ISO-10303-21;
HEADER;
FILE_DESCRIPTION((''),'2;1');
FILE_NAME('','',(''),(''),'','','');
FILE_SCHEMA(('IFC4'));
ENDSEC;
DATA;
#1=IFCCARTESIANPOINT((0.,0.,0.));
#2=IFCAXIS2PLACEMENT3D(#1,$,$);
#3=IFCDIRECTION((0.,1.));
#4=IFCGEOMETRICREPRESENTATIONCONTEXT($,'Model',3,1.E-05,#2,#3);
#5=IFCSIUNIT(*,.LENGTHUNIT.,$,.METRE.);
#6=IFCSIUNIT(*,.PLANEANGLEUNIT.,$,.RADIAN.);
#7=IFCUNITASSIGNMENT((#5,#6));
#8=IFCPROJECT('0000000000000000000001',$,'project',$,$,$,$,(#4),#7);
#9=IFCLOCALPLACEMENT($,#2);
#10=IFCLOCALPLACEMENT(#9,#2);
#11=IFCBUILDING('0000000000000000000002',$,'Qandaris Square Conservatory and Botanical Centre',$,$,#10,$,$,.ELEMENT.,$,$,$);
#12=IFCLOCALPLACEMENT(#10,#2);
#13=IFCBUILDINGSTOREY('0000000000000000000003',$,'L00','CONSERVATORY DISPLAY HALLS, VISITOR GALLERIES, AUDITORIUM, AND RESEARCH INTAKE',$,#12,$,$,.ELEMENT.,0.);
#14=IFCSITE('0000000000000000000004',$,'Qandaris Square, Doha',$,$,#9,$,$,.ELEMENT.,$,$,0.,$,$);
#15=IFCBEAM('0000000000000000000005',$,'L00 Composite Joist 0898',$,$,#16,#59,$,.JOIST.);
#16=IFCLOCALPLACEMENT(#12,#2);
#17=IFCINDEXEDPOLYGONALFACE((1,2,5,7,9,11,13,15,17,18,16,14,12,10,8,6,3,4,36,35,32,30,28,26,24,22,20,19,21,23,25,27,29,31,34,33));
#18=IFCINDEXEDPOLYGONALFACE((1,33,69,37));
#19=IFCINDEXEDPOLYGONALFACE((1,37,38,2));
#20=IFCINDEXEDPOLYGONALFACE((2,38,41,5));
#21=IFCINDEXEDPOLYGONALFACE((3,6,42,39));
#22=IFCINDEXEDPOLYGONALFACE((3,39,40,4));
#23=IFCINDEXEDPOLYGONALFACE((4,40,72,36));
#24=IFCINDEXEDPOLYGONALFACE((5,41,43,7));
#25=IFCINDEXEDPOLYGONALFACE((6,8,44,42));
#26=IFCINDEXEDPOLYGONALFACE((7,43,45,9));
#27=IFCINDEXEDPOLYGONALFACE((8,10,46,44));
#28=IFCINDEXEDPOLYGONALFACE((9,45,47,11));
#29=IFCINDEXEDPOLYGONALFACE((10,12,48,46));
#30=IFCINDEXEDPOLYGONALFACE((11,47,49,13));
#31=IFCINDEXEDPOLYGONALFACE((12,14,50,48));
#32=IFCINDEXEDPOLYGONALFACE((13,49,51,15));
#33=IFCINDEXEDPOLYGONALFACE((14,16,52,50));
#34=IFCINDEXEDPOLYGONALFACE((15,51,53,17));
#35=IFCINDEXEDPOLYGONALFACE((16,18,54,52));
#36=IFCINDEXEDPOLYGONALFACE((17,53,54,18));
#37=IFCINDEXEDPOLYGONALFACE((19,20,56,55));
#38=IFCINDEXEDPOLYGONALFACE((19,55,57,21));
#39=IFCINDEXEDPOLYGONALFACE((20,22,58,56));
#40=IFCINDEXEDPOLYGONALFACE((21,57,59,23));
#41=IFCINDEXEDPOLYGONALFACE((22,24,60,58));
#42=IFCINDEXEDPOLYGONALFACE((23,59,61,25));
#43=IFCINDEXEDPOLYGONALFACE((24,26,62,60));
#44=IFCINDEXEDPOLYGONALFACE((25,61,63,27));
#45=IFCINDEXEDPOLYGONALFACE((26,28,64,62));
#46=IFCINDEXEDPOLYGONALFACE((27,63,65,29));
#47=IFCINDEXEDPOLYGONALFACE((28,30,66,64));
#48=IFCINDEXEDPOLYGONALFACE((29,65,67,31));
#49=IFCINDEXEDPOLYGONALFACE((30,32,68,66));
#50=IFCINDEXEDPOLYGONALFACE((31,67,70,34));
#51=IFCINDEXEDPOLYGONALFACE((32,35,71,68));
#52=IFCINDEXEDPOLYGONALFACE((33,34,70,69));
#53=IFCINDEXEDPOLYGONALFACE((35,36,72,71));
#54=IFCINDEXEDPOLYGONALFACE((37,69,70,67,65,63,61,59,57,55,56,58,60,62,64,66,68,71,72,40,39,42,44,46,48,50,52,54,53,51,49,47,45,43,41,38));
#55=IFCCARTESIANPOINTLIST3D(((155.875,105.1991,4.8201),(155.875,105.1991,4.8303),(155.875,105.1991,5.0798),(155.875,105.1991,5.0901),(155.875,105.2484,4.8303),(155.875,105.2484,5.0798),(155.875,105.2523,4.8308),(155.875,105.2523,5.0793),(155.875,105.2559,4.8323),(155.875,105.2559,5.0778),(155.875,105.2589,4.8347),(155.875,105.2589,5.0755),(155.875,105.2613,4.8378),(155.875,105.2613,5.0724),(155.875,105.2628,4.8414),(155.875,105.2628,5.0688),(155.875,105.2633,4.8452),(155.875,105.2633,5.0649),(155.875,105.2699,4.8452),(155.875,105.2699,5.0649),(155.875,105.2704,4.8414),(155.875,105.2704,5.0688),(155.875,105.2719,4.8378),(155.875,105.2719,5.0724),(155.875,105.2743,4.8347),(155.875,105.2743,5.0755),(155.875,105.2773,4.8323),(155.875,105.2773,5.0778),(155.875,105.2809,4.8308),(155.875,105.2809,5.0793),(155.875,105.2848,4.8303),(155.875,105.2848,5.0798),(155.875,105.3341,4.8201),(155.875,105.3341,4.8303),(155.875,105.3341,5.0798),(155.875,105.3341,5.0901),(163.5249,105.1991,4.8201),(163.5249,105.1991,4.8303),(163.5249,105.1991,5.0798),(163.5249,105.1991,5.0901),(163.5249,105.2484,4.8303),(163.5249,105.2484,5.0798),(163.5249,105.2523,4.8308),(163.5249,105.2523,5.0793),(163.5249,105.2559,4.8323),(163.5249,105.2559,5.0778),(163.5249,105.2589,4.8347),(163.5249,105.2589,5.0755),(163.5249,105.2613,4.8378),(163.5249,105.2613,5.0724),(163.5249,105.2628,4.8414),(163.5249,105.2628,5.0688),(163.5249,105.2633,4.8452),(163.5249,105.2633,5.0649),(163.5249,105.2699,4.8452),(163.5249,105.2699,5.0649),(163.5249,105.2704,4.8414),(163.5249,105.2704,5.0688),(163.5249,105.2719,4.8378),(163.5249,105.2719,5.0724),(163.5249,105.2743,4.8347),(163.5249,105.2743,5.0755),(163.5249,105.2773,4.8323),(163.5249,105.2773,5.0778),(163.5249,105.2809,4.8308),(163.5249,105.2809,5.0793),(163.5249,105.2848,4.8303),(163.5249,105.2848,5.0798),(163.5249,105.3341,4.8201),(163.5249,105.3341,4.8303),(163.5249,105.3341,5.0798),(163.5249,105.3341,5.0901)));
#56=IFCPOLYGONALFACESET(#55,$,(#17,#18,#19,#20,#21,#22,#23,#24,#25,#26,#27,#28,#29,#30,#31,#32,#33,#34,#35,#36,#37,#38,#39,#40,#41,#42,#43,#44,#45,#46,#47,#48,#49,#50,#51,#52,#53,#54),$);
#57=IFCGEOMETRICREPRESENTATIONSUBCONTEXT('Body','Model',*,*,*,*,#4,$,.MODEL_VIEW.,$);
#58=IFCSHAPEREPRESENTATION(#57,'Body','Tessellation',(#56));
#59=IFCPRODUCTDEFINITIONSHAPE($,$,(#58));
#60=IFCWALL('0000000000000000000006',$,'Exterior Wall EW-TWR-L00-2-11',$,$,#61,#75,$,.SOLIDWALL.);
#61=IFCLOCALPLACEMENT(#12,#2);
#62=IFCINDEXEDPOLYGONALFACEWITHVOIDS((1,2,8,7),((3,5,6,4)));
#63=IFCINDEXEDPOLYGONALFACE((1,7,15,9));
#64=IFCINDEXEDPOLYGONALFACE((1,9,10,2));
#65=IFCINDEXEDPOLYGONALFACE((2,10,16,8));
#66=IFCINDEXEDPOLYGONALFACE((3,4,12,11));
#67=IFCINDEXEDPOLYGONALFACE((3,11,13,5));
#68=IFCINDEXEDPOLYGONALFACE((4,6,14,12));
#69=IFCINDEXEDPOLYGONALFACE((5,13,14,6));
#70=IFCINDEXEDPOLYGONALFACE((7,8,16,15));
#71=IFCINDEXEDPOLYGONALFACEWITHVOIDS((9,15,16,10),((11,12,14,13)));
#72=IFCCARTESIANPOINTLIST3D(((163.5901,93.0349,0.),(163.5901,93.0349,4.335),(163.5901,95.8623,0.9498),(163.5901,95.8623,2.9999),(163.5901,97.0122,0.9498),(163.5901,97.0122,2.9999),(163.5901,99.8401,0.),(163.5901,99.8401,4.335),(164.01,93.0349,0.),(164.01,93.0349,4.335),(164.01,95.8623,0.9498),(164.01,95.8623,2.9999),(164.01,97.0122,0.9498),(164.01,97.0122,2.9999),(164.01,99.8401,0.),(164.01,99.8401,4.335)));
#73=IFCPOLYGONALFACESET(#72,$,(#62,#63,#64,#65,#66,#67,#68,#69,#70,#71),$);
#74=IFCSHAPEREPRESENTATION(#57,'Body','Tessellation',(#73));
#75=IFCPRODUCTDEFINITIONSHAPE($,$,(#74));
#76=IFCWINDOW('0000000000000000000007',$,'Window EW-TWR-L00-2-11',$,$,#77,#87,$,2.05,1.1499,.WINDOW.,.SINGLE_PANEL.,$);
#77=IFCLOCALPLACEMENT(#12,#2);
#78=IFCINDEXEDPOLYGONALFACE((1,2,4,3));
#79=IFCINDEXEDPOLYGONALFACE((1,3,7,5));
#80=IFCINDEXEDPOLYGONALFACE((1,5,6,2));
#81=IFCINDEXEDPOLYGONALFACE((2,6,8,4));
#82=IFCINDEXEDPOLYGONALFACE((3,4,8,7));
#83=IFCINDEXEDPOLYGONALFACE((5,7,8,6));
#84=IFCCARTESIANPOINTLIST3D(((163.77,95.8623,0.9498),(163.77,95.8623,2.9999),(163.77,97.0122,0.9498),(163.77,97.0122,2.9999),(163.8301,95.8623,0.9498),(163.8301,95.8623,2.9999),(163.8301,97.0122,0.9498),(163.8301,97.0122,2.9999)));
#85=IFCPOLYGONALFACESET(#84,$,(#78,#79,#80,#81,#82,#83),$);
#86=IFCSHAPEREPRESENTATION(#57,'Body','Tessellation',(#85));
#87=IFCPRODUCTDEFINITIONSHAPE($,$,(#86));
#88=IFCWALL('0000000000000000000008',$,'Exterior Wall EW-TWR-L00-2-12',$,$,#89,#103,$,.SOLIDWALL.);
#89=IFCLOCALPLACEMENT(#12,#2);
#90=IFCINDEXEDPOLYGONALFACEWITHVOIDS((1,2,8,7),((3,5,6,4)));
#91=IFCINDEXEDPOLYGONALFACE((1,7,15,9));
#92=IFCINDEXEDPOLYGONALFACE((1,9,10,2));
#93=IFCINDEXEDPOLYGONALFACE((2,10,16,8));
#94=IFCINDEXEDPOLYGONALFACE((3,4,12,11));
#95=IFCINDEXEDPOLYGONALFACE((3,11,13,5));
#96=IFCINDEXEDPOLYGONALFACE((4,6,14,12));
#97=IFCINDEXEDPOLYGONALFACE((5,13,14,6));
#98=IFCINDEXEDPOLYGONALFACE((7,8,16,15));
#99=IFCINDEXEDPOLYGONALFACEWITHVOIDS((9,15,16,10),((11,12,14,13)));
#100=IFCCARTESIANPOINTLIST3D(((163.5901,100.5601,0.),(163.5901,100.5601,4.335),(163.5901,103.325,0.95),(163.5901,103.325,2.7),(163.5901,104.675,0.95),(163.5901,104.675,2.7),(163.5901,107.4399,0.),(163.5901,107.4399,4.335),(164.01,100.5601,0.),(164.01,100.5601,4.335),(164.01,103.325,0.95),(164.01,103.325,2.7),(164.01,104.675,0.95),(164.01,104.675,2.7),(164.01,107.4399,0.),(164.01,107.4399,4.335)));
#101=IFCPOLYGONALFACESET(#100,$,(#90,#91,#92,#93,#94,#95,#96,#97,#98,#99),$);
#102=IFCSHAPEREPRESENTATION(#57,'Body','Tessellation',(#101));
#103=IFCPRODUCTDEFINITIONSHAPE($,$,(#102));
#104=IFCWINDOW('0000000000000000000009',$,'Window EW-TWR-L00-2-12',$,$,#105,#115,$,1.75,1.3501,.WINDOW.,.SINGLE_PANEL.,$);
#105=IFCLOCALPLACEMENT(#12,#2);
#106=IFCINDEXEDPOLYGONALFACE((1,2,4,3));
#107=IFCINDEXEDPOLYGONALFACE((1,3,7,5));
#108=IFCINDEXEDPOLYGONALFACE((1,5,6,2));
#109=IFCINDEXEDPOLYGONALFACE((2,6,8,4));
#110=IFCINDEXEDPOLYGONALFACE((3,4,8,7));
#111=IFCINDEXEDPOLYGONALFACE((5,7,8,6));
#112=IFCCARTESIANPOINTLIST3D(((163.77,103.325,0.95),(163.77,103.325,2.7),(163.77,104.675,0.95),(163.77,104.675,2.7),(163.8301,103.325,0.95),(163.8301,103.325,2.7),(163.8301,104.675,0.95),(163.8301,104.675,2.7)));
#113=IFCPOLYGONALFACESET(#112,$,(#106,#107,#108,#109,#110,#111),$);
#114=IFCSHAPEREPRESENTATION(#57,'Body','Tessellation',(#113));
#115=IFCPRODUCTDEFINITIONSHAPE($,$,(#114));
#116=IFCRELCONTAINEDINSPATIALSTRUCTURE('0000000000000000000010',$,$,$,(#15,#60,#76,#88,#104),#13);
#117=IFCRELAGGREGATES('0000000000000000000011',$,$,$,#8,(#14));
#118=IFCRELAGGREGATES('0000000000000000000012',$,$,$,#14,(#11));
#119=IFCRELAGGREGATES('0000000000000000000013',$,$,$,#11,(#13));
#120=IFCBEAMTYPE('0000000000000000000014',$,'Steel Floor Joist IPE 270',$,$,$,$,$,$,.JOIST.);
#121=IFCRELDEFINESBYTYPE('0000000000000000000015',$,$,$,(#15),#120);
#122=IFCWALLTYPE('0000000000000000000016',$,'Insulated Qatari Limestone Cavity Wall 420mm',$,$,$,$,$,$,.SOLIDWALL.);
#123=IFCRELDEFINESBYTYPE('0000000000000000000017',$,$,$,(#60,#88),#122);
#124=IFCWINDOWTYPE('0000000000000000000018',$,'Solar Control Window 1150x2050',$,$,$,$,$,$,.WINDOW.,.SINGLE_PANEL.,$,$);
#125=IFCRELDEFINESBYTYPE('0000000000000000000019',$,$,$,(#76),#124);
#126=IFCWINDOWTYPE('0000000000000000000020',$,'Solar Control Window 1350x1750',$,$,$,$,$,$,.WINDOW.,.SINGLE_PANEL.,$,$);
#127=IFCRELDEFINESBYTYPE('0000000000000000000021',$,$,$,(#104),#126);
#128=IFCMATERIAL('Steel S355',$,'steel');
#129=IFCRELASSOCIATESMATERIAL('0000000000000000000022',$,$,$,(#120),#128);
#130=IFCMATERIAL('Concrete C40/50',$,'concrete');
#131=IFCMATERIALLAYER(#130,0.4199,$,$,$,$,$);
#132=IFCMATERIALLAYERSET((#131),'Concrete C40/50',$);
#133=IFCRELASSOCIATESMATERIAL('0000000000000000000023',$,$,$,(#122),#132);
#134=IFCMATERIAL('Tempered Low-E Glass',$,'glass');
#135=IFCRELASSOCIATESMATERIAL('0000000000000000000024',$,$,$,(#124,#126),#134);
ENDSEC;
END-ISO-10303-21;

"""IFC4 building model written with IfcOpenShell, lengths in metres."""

from ifc_helpers import new_model, si_unit, direction, frame, frame_2d, origin, origin_2d, place, context, subcontext, project, spatial, rectangle, i_section, extrude, material, layer, layer_set, material_profile, profile_set, type_object, element, fill, save


model = new_model("IFC4")

# Units and contexts
model_context = context("Model", 3, precision=1e-05, world=origin(), true_north=direction((0.0, 1.0)))
body_context = subcontext(model_context, "Body", "Model", "MODEL_VIEW")
ifc_project = project(units=[si_unit("LENGTHUNIT", "METRE"), si_unit("PLANEANGLEUNIT", "RADIAN")], contexts=[model_context])

# Site, building, storey
site_placement = place(None, origin())
site = spatial("IfcSite", under=ifc_project, at=site_placement, Name="Qandaris Square, Doha", CompositionType="ELEMENT", RefElevation=0.0)
building_placement = place(site_placement, origin())
building = spatial("IfcBuilding", under=site, at=building_placement, Name="Qandaris Square Conservatory and Botanical Centre", CompositionType="ELEMENT")
storey_placement = place(building_placement, origin())
storey = spatial("IfcBuildingStorey", under=building, at=storey_placement, Name="L00", Description="CONSERVATORY DISPLAY HALLS, VISITOR GALLERIES, AUDITORIUM, AND RESEARCH INTAKE", CompositionType="ELEMENT", Elevation=0.0)

# Shared definitions
ifc_material_1 = material(Name="Concrete C40/50", Category="concrete")

# Beam
ifc_material_2 = material(Name="Steel S355", Category="steel")
ifc_material_profile_1 = material_profile(ifc_material_2, i_section(OverallWidth=0.135, OverallDepth=0.27, WebThickness=0.0066, FlangeThickness=0.0103, FilletRadius=0.0149, at=origin_2d()), Name="IPE 270")
ifc_profile_set_1 = profile_set([ifc_material_profile_1], Name="Steel S355")
beam_type_1 = type_object("IfcBeamType", Name="Steel Floor Joist IPE 270", PredefinedType="JOIST", material=ifc_profile_set_1)
beam_1_placement = place(storey_placement, frame((155.875, 105.2666, 4.9551), z_axis=(1.0, 0.0, 0.0), x_axis=(0.0, 1.0, 0.0)))
element("IfcBeam", 1, at=beam_1_placement, inside=storey, type_object=beam_type_1, Name="L00 Composite Joist 0898", PredefinedType="JOIST", context=body_context, shape_type="SweptSolid", body=[
    extrude(i_section(OverallWidth=0.135, OverallDepth=0.27, WebThickness=0.0066, FlangeThickness=0.0103, FilletRadius=0.0149, at=origin_2d()), origin(), (0.0, 0.0, 1.0), 7.6499),
])

# Walls, openings, windows
ifc_layer = layer(ifc_material_1, 0.4199)
ifc_layer_set = layer_set([ifc_layer], Name="Concrete C40/50")
wall_type = type_object("IfcWallType", Name="Insulated Qatari Limestone Cavity Wall 420mm", PredefinedType="SOLIDWALL", material=ifc_layer_set)
wall_1_placement = place(storey_placement, frame((163.8, 93.0349, 0.0), z_axis=(0.0, 0.0, 1.0), x_axis=(0.0, 1.0, 0.0)))
wall_1 = element("IfcWall", 2, at=wall_1_placement, inside=storey, type_object=wall_type, Name="Exterior Wall EW-TWR-L00-2-11", PredefinedType="SOLIDWALL", context=body_context, shape_type="SweptSolid", body=[
    extrude(rectangle(XDim=6.8052, YDim=0.4199, at=frame_2d((3.4026, 0.0))), origin(), (0.0, 0.0, 1.0), 4.335),
])
opening_1_placement = place(wall_1_placement, frame((2.8274, 0.0, 0.95)))
opening_1 = element("IfcOpeningElement", 3, at=opening_1_placement, cuts=wall_1, PredefinedType="OPENING", context=body_context, shape_type="SweptSolid", body=[
    extrude(rectangle(XDim=1.1499, YDim=2.05, at=frame_2d((0.575, 1.0249))), frame((0.0, 0.2219, 0.0), z_axis=(0.0, -1.0, 0.0), x_axis=(1.0, 0.0, 0.0)), (0.0, 0.0, 1.0), 0.4438),
])
ifc_material_3 = material(Name="Tempered Low-E Glass", Category="glass")
window_type_1 = type_object("IfcWindowType", Name="Solar Control Window 1150x2050", PartitioningType="SINGLE_PANEL", PredefinedType="WINDOW", material=ifc_material_3)
window_1_placement = place(opening_1_placement, origin())
window_1 = element("IfcWindow", 4, at=window_1_placement, inside=storey, type_object=window_type_1, Name="Window EW-TWR-L00-2-11", OverallHeight=2.05, OverallWidth=1.1499, PartitioningType="SINGLE_PANEL", PredefinedType="WINDOW", context=body_context, shape_type="SweptSolid", body=[
    extrude(rectangle(XDim=1.1499, YDim=2.05, at=frame_2d((0.575, 1.0249))), frame((0.0, 0.03, 0.0), z_axis=(0.0, -1.0, 0.0), x_axis=(1.0, 0.0, 0.0)), (0.0, 0.0, 1.0), 0.0601),
])
fill(opening_1, window_1)
wall_2_placement = place(storey_placement, frame((163.8, 100.5601, 0.0), z_axis=(0.0, 0.0, 1.0), x_axis=(0.0, 1.0, 0.0)))
wall_2 = element("IfcWall", 5, at=wall_2_placement, inside=storey, type_object=wall_type, Name="Exterior Wall EW-TWR-L00-2-12", PredefinedType="SOLIDWALL", context=body_context, shape_type="SweptSolid", body=[
    extrude(rectangle(XDim=6.8799, YDim=0.4199, at=frame_2d((3.4399, 0.0))), origin(), (0.0, 0.0, 1.0), 4.335),
])
opening_2_placement = place(wall_2_placement, frame((2.7649, 0.0, 0.95)))
opening_2 = element("IfcOpeningElement", 6, at=opening_2_placement, cuts=wall_2, PredefinedType="OPENING", context=body_context, shape_type="SweptSolid", body=[
    extrude(rectangle(XDim=1.3501, YDim=1.75, at=frame_2d((0.675, 0.875))), frame((0.0, 0.2219, 0.0), z_axis=(0.0, -1.0, 0.0), x_axis=(1.0, 0.0, 0.0)), (0.0, 0.0, 1.0), 0.4438),
])
window_type_2 = type_object("IfcWindowType", Name="Solar Control Window 1350x1750", PartitioningType="SINGLE_PANEL", PredefinedType="WINDOW", material=ifc_material_3)
window_2_placement = place(opening_2_placement, origin())
window_2 = element("IfcWindow", 7, at=window_2_placement, inside=storey, type_object=window_type_2, Name="Window EW-TWR-L00-2-12", OverallHeight=1.75, OverallWidth=1.3501, PartitioningType="SINGLE_PANEL", PredefinedType="WINDOW", context=body_context, shape_type="SweptSolid", body=[
    extrude(rectangle(XDim=1.3501, YDim=1.75, at=frame_2d((0.675, 0.875))), frame((0.0, 0.03, 0.0), z_axis=(0.0, -1.0, 0.0), x_axis=(1.0, 0.0, 0.0)), (0.0, 0.0, 1.0), 0.0601),
])
fill(opening_2, window_2)

save(model, "model.ifc")
